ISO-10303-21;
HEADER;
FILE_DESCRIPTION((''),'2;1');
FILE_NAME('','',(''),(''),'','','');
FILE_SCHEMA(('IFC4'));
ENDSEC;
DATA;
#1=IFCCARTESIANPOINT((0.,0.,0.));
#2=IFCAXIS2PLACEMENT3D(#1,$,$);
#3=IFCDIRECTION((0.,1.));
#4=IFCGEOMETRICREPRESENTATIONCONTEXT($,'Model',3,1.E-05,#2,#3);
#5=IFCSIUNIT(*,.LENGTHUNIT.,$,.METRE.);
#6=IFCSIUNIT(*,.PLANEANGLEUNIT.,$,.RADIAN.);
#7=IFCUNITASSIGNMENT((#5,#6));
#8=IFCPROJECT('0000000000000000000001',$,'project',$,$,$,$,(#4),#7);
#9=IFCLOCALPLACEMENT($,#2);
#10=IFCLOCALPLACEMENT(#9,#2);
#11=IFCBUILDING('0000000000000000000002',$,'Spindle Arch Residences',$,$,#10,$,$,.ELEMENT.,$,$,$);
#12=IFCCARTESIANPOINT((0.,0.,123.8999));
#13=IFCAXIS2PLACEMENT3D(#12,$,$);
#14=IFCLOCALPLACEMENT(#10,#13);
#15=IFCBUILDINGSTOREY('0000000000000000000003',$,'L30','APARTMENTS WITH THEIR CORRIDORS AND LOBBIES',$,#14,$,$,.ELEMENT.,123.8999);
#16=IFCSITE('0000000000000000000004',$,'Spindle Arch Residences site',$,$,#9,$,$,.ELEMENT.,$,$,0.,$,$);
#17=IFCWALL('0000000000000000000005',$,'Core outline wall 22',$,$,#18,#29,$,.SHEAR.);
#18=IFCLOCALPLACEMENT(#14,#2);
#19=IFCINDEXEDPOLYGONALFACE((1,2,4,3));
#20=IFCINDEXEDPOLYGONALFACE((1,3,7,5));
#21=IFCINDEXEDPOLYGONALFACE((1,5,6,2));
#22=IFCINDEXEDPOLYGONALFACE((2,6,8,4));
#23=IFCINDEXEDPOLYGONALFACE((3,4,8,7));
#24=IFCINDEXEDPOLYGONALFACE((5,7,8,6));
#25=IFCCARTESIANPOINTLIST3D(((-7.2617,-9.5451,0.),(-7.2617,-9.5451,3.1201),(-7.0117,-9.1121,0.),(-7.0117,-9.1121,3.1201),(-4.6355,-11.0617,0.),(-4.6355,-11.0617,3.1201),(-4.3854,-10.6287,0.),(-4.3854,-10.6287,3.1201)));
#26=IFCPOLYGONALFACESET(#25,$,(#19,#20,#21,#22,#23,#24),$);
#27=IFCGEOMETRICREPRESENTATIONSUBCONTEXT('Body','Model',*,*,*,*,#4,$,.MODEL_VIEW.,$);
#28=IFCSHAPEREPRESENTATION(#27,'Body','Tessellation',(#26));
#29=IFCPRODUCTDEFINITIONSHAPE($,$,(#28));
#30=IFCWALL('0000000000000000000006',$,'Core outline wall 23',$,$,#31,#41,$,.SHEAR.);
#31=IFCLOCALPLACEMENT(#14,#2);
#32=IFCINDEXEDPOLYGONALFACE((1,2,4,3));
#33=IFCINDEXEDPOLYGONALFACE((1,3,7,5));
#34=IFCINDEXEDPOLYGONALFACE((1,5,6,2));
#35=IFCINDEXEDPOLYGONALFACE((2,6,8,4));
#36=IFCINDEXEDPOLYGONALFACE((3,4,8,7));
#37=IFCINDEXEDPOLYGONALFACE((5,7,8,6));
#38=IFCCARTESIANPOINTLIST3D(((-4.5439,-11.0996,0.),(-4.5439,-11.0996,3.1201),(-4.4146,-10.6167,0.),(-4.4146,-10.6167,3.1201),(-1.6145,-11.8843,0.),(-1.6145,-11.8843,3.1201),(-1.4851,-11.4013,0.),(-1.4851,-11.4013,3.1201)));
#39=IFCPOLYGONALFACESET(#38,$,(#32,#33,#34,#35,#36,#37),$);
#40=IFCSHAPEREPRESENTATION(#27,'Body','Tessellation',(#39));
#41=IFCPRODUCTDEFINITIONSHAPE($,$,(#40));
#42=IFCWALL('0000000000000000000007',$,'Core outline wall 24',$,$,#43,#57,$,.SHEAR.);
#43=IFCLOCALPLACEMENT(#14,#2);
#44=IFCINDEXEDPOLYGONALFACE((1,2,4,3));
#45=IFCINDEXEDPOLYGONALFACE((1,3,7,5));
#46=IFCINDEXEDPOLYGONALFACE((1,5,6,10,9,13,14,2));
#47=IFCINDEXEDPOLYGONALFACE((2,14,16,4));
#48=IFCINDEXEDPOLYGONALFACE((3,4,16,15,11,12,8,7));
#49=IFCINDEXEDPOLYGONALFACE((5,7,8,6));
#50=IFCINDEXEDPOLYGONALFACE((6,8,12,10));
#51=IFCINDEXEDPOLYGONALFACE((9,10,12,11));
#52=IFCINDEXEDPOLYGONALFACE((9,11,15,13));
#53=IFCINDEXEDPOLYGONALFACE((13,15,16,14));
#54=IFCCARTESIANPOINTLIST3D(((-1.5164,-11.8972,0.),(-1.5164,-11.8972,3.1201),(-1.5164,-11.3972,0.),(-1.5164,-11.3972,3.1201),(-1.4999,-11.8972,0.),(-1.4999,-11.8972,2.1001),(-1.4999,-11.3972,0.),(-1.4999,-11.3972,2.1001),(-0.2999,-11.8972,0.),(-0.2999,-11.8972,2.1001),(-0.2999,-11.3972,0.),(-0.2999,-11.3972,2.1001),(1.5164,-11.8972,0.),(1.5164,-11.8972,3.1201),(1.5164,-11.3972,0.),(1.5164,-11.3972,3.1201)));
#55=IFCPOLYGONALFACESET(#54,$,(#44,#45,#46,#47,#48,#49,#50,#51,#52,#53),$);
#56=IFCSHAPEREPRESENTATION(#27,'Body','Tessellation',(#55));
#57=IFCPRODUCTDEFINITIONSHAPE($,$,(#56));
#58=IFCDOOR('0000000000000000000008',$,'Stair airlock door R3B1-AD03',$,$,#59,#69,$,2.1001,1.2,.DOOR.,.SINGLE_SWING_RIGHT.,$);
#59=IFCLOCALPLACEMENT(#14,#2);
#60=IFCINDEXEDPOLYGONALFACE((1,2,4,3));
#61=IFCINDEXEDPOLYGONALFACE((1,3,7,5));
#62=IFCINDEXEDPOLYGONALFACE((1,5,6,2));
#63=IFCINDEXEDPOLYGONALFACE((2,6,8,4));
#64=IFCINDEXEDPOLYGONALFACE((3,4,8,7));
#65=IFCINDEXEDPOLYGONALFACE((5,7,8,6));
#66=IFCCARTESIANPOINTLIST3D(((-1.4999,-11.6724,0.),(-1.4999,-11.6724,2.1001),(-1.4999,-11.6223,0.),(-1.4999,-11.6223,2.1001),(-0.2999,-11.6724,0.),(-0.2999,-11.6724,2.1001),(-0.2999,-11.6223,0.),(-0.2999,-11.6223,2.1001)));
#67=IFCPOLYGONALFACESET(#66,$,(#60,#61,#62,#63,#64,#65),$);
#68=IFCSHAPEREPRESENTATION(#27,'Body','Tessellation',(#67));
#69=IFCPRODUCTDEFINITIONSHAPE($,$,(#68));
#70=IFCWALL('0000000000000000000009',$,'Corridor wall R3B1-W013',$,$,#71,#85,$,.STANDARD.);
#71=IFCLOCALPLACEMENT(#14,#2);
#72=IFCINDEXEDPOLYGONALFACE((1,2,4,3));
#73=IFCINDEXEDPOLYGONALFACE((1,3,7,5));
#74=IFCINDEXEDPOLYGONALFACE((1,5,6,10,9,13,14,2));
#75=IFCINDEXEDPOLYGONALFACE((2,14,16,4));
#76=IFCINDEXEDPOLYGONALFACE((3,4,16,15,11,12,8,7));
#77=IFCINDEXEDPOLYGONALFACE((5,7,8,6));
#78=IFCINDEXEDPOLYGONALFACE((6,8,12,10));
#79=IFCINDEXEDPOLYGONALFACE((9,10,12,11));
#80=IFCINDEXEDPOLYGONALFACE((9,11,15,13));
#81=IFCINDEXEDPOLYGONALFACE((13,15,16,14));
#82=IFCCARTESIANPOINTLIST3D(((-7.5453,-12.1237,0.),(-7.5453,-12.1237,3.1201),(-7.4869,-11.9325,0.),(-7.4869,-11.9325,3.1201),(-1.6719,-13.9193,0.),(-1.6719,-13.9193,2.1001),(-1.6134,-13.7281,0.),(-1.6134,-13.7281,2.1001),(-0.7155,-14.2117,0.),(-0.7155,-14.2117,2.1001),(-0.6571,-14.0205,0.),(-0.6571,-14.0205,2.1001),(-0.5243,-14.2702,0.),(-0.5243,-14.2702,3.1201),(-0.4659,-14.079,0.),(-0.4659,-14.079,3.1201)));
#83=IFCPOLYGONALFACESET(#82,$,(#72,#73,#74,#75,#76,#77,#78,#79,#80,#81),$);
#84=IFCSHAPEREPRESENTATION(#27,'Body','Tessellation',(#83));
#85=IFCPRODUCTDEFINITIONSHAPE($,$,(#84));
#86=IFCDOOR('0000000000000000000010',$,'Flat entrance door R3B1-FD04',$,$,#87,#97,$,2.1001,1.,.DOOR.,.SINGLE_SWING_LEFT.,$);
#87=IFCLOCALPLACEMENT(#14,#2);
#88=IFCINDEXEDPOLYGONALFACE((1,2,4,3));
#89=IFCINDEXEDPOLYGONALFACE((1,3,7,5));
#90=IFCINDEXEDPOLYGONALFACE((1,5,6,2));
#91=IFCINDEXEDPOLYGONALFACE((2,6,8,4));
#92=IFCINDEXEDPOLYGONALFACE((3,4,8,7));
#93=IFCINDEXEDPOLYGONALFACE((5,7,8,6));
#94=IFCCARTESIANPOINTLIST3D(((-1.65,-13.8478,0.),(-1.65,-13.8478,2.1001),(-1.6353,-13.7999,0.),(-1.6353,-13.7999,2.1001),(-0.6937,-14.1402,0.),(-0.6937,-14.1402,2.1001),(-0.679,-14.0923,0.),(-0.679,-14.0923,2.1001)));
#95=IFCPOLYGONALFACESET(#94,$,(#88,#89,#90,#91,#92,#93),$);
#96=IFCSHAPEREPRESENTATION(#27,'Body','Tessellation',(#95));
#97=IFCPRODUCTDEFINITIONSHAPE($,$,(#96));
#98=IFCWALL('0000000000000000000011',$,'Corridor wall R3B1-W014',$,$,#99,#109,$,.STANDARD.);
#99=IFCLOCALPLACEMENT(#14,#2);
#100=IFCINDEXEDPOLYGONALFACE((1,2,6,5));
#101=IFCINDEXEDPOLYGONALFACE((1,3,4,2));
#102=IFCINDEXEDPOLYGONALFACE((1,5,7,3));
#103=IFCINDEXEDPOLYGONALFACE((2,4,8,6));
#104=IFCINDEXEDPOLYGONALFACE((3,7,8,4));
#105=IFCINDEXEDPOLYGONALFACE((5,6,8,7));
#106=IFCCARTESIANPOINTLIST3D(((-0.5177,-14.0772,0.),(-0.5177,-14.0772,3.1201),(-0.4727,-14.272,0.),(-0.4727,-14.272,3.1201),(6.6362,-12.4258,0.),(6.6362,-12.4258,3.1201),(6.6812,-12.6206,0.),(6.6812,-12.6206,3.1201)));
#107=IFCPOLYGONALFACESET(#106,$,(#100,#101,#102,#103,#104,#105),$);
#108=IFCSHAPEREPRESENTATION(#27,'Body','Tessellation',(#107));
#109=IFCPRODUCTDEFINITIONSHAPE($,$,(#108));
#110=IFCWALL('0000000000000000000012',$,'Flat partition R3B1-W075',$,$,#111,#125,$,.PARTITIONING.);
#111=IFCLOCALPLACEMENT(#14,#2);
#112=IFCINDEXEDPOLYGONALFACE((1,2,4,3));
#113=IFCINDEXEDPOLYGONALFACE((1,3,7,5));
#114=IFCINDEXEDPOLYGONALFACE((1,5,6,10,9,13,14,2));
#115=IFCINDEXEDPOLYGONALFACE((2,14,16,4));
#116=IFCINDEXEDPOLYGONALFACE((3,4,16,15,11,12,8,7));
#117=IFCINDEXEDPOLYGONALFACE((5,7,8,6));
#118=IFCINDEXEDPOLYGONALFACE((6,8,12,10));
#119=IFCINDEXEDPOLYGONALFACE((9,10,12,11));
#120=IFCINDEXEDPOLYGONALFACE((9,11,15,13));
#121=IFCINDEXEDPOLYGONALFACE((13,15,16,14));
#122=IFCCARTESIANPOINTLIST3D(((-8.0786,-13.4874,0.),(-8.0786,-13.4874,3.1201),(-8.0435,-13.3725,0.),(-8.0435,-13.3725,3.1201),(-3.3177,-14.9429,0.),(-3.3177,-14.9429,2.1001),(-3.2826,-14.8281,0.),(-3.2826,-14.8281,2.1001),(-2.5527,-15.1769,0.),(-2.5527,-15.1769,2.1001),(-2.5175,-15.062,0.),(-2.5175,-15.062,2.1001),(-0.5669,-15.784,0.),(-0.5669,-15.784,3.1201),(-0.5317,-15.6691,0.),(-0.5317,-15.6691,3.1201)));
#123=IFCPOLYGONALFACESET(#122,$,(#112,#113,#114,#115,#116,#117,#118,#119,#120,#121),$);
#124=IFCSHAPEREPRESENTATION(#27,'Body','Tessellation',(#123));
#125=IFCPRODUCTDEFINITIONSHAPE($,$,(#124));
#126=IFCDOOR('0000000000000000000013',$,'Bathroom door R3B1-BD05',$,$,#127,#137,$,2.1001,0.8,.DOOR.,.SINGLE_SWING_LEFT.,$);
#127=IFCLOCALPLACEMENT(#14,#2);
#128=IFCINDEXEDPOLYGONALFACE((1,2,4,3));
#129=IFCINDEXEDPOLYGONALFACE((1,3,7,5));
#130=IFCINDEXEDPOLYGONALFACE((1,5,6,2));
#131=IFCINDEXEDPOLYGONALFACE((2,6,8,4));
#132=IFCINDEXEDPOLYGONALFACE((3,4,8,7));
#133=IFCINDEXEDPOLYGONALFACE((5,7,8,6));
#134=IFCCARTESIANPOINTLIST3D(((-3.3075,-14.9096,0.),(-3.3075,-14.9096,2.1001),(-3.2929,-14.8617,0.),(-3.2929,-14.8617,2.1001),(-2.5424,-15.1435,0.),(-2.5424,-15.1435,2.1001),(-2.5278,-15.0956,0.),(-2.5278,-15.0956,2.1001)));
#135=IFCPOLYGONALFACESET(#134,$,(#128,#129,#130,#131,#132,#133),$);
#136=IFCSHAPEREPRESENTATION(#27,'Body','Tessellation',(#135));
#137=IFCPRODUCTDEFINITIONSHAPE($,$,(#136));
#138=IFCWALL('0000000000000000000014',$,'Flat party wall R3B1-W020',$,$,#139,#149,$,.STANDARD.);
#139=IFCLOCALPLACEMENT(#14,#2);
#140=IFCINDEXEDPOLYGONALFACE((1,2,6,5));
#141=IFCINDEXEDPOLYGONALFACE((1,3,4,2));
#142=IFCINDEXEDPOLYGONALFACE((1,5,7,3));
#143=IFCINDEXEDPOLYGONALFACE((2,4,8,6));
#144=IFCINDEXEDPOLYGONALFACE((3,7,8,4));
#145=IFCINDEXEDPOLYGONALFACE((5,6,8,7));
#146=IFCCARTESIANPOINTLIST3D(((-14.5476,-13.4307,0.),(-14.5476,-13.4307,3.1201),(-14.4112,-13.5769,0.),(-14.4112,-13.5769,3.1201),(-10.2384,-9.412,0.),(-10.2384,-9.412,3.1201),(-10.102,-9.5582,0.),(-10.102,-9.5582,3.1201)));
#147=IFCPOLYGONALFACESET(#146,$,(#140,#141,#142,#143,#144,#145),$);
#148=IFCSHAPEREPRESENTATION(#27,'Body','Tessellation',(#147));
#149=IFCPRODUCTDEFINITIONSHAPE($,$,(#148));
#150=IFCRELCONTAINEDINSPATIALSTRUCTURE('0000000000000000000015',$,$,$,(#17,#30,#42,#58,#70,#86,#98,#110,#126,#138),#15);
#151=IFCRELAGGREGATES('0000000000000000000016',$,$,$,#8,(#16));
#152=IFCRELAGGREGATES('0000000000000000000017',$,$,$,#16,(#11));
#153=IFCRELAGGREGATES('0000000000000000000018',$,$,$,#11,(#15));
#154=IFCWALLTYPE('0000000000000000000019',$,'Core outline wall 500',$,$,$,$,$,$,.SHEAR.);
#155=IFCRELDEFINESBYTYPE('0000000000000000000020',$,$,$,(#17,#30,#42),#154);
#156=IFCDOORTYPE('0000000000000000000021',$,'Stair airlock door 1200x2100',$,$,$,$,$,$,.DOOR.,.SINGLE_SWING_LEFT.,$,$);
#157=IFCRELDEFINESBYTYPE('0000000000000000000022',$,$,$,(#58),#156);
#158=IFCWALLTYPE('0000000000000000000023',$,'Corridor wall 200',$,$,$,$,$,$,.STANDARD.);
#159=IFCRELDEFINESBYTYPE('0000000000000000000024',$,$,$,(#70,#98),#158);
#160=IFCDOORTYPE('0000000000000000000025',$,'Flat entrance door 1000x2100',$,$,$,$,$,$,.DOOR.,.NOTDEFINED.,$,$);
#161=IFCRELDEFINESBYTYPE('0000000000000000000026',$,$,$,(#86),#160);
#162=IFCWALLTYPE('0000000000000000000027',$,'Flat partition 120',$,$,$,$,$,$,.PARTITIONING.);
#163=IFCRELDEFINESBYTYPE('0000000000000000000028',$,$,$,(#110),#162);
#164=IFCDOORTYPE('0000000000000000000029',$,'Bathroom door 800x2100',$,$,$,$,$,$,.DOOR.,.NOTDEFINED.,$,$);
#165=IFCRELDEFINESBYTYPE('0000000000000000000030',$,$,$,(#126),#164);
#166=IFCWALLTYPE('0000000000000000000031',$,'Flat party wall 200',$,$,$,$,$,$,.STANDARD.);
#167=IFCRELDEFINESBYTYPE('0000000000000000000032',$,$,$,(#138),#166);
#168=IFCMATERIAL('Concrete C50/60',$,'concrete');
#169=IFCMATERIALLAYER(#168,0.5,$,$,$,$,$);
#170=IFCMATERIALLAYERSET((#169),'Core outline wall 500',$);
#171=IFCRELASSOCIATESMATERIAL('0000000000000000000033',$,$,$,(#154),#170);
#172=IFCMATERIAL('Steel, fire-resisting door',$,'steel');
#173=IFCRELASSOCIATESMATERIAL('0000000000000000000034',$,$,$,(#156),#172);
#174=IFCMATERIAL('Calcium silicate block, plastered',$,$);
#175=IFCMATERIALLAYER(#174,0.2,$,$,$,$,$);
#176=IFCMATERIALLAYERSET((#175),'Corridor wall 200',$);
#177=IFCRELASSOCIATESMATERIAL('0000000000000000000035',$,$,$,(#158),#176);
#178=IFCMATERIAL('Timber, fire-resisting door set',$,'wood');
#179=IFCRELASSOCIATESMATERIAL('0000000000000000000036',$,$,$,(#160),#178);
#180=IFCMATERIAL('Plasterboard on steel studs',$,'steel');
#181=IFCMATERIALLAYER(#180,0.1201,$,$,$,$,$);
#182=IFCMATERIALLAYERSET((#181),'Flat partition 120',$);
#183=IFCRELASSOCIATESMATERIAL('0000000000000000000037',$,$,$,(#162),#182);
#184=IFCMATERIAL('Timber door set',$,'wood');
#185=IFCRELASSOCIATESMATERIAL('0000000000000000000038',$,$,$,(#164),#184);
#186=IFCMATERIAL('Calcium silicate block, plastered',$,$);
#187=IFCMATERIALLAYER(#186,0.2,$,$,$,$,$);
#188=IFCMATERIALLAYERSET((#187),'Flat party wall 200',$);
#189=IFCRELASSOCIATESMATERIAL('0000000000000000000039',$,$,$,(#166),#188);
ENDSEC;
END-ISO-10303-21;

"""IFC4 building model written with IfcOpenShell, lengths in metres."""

from ifc_helpers import new_model, si_unit, direction, frame, frame_2d, origin, place, context, subcontext, project, spatial, rectangle, extrude, material, layer, layer_set, type_object, element, fill, save


model = new_model("IFC4")

# Units and contexts
model_context = context("Model", 3, precision=1e-05, world=origin(), true_north=direction((0.0, 1.0)))
body_context = subcontext(model_context, "Body", "Model", "MODEL_VIEW")
ifc_project = project(units=[si_unit("LENGTHUNIT", "METRE"), si_unit("PLANEANGLEUNIT", "RADIAN")], contexts=[model_context])

# Site, building, storey
site_placement = place(None, origin())
site = spatial("IfcSite", under=ifc_project, at=site_placement, Name="Spindle Arch Residences site", CompositionType="ELEMENT", RefElevation=0.0)
building_placement = place(site_placement, origin())
building = spatial("IfcBuilding", under=site, at=building_placement, Name="Spindle Arch Residences", CompositionType="ELEMENT")
storey_placement = place(building_placement, frame((0.0, 0.0, 123.8999)))
storey = spatial("IfcBuildingStorey", under=building, at=storey_placement, Name="L30", Description="APARTMENTS WITH THEIR CORRIDORS AND LOBBIES", CompositionType="ELEMENT", Elevation=123.8999)

# Walls
ifc_material_1 = material(Name="Concrete C50/60", Category="concrete")
ifc_layer_1 = layer(ifc_material_1, 0.5)
ifc_layer_set_1 = layer_set([ifc_layer_1], Name="Core outline wall 500")
wall_type_1 = type_object("IfcWallType", Name="Core outline wall 500", PredefinedType="SHEAR", material=ifc_layer_set_1)
for number, where, z_axis, x_axis, name in (
    (1, (-7.1367, -9.3286, 0.0), (0.0, 0.0, 1.0), (0.865975, -0.500087, 0.0), "Core outline wall 22"),
    (2, (-4.4792, -10.8582, 0.0), (0.0, 0.0, 1.0), (0.965948, -0.258735, 0.0), "Core outline wall 23"),
):
    element("IfcWall", number, at=place(storey_placement, frame(where, z_axis=z_axis, x_axis=x_axis)), inside=storey, type_object=wall_type_1, Name=name, PredefinedType="SHEAR", context=body_context, shape_type="SweptSolid", body=[
        extrude(rectangle(XDim=3.0327, YDim=0.5, at=frame_2d((1.5164, 0.0))), origin(), (0.0, 0.0, 1.0), 3.1201),
    ])

# Walls, openings, doors
wall_1_placement = place(storey_placement, frame((-1.5164, -11.6472, 0.0), z_axis=(0.0, 0.0, 1.0), x_axis=(1.0, 0.0, 0.0)))
wall_1 = element("IfcWall", 3, at=wall_1_placement, inside=storey, type_object=wall_type_1, Name="Core outline wall 24", PredefinedType="SHEAR", context=body_context, shape_type="SweptSolid", body=[
    extrude(rectangle(XDim=3.0327, YDim=0.5, at=frame_2d((1.5164, 0.0))), origin(), (0.0, 0.0, 1.0), 3.1201),
])
opening_1_placement = place(wall_1_placement, frame((0.0164, 0.0, 0.0)))
opening_1 = element("IfcOpeningElement", 4, at=opening_1_placement, cuts=wall_1, PredefinedType="OPENING", context=body_context, shape_type="SweptSolid", body=[
    extrude(rectangle(XDim=1.2, YDim=2.1001, at=frame_2d((0.6001, 1.05))), frame((0.0, 0.26, 0.0), z_axis=(0.0, -1.0, 0.0), x_axis=(1.0, 0.0, 0.0)), (0.0, 0.0, 1.0), 0.52),
])
ifc_material_2 = material(Name="Steel, fire-resisting door", Category="steel")
door_type_1 = type_object("IfcDoorType", Name="Stair airlock door 1200x2100", OperationType="SINGLE_SWING_LEFT", PredefinedType="DOOR", material=ifc_material_2)
door_1_placement = place(opening_1_placement, origin())
door_1 = element("IfcDoor", 5, at=door_1_placement, inside=storey, type_object=door_type_1, Name="Stair airlock door R3B1-AD03", OperationType="SINGLE_SWING_RIGHT", OverallHeight=2.1001, OverallWidth=1.2, PredefinedType="DOOR", context=body_context, shape_type="SweptSolid", body=[
    extrude(rectangle(XDim=1.2, YDim=2.1001, at=frame_2d((0.6001, 1.05))), frame((0.0, 0.0249, 0.0), z_axis=(0.0, -1.0, 0.0), x_axis=(1.0, 0.0, 0.0)), (0.0, 0.0, 1.0), 0.05),
])
fill(opening_1, door_1)
ifc_material_3 = material(Name="Calcium silicate block, plastered")
ifc_layer_2 = layer(ifc_material_3, 0.2)
ifc_layer_set_2 = layer_set([ifc_layer_2], Name="Corridor wall 200")
wall_type_2 = type_object("IfcWallType", Name="Corridor wall 200", PredefinedType="STANDARD", material=ifc_layer_set_2)
wall_2_placement = place(storey_placement, frame((-7.5161, -12.0281, 0.0), z_axis=(0.0, 0.0, 1.0), x_axis=(0.956307, -0.292366, 0.0)))
wall_2 = element("IfcWall", 6, at=wall_2_placement, inside=storey, type_object=wall_type_2, Name="Corridor wall R3B1-W013", PredefinedType="STANDARD", context=body_context, shape_type="SweptSolid", body=[
    extrude(rectangle(XDim=7.3418, YDim=0.2, at=frame_2d((3.6709, 0.0))), origin(), (0.0, 0.0, 1.0), 3.1201),
])
opening_2_placement = place(wall_2_placement, frame((6.1418, 0.0, 0.0)))
opening_2 = element("IfcOpeningElement", 7, at=opening_2_placement, cuts=wall_2, PredefinedType="OPENING", context=body_context, shape_type="SweptSolid", body=[
    extrude(rectangle(XDim=1.0, YDim=2.1001, at=frame_2d((0.5, 1.05))), frame((0.0, 0.1099, 0.0), z_axis=(0.0, -1.0, 0.0), x_axis=(1.0, 0.0, 0.0)), (0.0, 0.0, 1.0), 0.22),
])
ifc_material_4 = material(Name="Timber, fire-resisting door set", Category="wood")
door_type_2 = type_object("IfcDoorType", Name="Flat entrance door 1000x2100", OperationType="NOTDEFINED", PredefinedType="DOOR", material=ifc_material_4)
door_2_placement = place(opening_2_placement, origin())
door_2 = element("IfcDoor", 8, at=door_2_placement, inside=storey, type_object=door_type_2, Name="Flat entrance door R3B1-FD04", OperationType="SINGLE_SWING_LEFT", OverallHeight=2.1001, OverallWidth=1.0, PredefinedType="DOOR", context=body_context, shape_type="SweptSolid", body=[
    extrude(rectangle(XDim=1.0, YDim=2.1001, at=frame_2d((0.5, 1.05))), frame((0.0, 0.0249, 0.0), z_axis=(0.0, -1.0, 0.0), x_axis=(1.0, 0.0, 0.0)), (0.0, 0.0, 1.0), 0.05),
])
fill(opening_2, door_2)

# Wall
wall_3_placement = place(storey_placement, frame((-0.4951, -14.1746, 0.0), z_axis=(0.0, 0.0, 1.0), x_axis=(0.974377, 0.224923, 0.0)))
element("IfcWall", 9, at=wall_3_placement, inside=storey, type_object=wall_type_2, Name="Corridor wall R3B1-W014", PredefinedType="STANDARD", context=body_context, shape_type="SweptSolid", body=[
    extrude(rectangle(XDim=7.342, YDim=0.2, at=frame_2d((3.6709, 0.0))), origin(), (0.0, 0.0, 1.0), 3.1201),
])

# Wall, opening, door
ifc_material_5 = material(Name="Plasterboard on steel studs", Category="steel")
ifc_layer_3 = layer(ifc_material_5, 0.1201)
ifc_layer_set_3 = layer_set([ifc_layer_3], Name="Flat partition 120")
wall_type_3 = type_object("IfcWallType", Name="Flat partition 120", PredefinedType="PARTITIONING", material=ifc_layer_set_3)
wall_4_placement = place(storey_placement, frame((-8.061, -13.4299, 0.0), z_axis=(0.0, 0.0, 1.0), x_axis=(0.956302, -0.29238, 0.0)))
wall_4 = element("IfcWall", 10, at=wall_4_placement, inside=storey, type_object=wall_type_3, Name="Flat partition R3B1-W075", PredefinedType="PARTITIONING", context=body_context, shape_type="SweptSolid", body=[
    extrude(rectangle(XDim=7.855, YDim=0.1201, at=frame_2d((3.9275, 0.0))), origin(), (0.0, 0.0, 1.0), 3.1201),
])
opening_3_placement = place(wall_4_placement, frame((4.9785, 0.0, 0.0)))
opening_3 = element("IfcOpeningElement", 11, at=opening_3_placement, cuts=wall_4, PredefinedType="OPENING", context=body_context, shape_type="SweptSolid", body=[
    extrude(rectangle(XDim=0.8, YDim=2.1001, at=frame_2d((0.3999, 1.05))), frame((0.0, 0.0701, 0.0), z_axis=(0.0, -1.0, 0.0), x_axis=(1.0, 0.0, 0.0)), (0.0, 0.0, 1.0), 0.1401),
])
ifc_material_6 = material(Name="Timber door set", Category="wood")
door_type_3 = type_object("IfcDoorType", Name="Bathroom door 800x2100", OperationType="NOTDEFINED", PredefinedType="DOOR", material=ifc_material_6)
door_3_placement = place(opening_3_placement, origin())
door_3 = element("IfcDoor", 12, at=door_3_placement, inside=storey, type_object=door_type_3, Name="Bathroom door R3B1-BD05", OperationType="SINGLE_SWING_LEFT", OverallHeight=2.1001, OverallWidth=0.8, PredefinedType="DOOR", context=body_context, shape_type="SweptSolid", body=[
    extrude(rectangle(XDim=0.8, YDim=2.1001, at=frame_2d((0.3999, 1.05))), frame((0.0, 0.0249, 0.0), z_axis=(0.0, -1.0, 0.0), x_axis=(1.0, 0.0, 0.0)), (0.0, 0.0, 1.0), 0.05),
])
fill(opening_3, door_3)

# Wall
ifc_material_7 = material(Name="Calcium silicate block, plastered")
ifc_layer_4 = layer(ifc_material_7, 0.2)
ifc_layer_set_4 = layer_set([ifc_layer_4], Name="Flat party wall 200")
wall_type_4 = type_object("IfcWallType", Name="Flat party wall 200", PredefinedType="STANDARD", material=ifc_layer_set_4)
wall_5_placement = place(storey_placement, frame((-14.4795, -13.5039, 0.0), z_axis=(0.0, 0.0, 1.0), x_axis=(0.731329, 0.682024, 0.0)))
element("IfcWall", 13, at=wall_5_placement, inside=storey, type_object=wall_type_4, Name="Flat party wall R3B1-W020", PredefinedType="STANDARD", context=body_context, shape_type="SweptSolid", body=[
    extrude(rectangle(XDim=5.8923, YDim=0.2, at=frame_2d((2.9463, 0.0))), origin(), (0.0, 0.0, 1.0), 3.1201),
])

save(model, "model.ifc")
